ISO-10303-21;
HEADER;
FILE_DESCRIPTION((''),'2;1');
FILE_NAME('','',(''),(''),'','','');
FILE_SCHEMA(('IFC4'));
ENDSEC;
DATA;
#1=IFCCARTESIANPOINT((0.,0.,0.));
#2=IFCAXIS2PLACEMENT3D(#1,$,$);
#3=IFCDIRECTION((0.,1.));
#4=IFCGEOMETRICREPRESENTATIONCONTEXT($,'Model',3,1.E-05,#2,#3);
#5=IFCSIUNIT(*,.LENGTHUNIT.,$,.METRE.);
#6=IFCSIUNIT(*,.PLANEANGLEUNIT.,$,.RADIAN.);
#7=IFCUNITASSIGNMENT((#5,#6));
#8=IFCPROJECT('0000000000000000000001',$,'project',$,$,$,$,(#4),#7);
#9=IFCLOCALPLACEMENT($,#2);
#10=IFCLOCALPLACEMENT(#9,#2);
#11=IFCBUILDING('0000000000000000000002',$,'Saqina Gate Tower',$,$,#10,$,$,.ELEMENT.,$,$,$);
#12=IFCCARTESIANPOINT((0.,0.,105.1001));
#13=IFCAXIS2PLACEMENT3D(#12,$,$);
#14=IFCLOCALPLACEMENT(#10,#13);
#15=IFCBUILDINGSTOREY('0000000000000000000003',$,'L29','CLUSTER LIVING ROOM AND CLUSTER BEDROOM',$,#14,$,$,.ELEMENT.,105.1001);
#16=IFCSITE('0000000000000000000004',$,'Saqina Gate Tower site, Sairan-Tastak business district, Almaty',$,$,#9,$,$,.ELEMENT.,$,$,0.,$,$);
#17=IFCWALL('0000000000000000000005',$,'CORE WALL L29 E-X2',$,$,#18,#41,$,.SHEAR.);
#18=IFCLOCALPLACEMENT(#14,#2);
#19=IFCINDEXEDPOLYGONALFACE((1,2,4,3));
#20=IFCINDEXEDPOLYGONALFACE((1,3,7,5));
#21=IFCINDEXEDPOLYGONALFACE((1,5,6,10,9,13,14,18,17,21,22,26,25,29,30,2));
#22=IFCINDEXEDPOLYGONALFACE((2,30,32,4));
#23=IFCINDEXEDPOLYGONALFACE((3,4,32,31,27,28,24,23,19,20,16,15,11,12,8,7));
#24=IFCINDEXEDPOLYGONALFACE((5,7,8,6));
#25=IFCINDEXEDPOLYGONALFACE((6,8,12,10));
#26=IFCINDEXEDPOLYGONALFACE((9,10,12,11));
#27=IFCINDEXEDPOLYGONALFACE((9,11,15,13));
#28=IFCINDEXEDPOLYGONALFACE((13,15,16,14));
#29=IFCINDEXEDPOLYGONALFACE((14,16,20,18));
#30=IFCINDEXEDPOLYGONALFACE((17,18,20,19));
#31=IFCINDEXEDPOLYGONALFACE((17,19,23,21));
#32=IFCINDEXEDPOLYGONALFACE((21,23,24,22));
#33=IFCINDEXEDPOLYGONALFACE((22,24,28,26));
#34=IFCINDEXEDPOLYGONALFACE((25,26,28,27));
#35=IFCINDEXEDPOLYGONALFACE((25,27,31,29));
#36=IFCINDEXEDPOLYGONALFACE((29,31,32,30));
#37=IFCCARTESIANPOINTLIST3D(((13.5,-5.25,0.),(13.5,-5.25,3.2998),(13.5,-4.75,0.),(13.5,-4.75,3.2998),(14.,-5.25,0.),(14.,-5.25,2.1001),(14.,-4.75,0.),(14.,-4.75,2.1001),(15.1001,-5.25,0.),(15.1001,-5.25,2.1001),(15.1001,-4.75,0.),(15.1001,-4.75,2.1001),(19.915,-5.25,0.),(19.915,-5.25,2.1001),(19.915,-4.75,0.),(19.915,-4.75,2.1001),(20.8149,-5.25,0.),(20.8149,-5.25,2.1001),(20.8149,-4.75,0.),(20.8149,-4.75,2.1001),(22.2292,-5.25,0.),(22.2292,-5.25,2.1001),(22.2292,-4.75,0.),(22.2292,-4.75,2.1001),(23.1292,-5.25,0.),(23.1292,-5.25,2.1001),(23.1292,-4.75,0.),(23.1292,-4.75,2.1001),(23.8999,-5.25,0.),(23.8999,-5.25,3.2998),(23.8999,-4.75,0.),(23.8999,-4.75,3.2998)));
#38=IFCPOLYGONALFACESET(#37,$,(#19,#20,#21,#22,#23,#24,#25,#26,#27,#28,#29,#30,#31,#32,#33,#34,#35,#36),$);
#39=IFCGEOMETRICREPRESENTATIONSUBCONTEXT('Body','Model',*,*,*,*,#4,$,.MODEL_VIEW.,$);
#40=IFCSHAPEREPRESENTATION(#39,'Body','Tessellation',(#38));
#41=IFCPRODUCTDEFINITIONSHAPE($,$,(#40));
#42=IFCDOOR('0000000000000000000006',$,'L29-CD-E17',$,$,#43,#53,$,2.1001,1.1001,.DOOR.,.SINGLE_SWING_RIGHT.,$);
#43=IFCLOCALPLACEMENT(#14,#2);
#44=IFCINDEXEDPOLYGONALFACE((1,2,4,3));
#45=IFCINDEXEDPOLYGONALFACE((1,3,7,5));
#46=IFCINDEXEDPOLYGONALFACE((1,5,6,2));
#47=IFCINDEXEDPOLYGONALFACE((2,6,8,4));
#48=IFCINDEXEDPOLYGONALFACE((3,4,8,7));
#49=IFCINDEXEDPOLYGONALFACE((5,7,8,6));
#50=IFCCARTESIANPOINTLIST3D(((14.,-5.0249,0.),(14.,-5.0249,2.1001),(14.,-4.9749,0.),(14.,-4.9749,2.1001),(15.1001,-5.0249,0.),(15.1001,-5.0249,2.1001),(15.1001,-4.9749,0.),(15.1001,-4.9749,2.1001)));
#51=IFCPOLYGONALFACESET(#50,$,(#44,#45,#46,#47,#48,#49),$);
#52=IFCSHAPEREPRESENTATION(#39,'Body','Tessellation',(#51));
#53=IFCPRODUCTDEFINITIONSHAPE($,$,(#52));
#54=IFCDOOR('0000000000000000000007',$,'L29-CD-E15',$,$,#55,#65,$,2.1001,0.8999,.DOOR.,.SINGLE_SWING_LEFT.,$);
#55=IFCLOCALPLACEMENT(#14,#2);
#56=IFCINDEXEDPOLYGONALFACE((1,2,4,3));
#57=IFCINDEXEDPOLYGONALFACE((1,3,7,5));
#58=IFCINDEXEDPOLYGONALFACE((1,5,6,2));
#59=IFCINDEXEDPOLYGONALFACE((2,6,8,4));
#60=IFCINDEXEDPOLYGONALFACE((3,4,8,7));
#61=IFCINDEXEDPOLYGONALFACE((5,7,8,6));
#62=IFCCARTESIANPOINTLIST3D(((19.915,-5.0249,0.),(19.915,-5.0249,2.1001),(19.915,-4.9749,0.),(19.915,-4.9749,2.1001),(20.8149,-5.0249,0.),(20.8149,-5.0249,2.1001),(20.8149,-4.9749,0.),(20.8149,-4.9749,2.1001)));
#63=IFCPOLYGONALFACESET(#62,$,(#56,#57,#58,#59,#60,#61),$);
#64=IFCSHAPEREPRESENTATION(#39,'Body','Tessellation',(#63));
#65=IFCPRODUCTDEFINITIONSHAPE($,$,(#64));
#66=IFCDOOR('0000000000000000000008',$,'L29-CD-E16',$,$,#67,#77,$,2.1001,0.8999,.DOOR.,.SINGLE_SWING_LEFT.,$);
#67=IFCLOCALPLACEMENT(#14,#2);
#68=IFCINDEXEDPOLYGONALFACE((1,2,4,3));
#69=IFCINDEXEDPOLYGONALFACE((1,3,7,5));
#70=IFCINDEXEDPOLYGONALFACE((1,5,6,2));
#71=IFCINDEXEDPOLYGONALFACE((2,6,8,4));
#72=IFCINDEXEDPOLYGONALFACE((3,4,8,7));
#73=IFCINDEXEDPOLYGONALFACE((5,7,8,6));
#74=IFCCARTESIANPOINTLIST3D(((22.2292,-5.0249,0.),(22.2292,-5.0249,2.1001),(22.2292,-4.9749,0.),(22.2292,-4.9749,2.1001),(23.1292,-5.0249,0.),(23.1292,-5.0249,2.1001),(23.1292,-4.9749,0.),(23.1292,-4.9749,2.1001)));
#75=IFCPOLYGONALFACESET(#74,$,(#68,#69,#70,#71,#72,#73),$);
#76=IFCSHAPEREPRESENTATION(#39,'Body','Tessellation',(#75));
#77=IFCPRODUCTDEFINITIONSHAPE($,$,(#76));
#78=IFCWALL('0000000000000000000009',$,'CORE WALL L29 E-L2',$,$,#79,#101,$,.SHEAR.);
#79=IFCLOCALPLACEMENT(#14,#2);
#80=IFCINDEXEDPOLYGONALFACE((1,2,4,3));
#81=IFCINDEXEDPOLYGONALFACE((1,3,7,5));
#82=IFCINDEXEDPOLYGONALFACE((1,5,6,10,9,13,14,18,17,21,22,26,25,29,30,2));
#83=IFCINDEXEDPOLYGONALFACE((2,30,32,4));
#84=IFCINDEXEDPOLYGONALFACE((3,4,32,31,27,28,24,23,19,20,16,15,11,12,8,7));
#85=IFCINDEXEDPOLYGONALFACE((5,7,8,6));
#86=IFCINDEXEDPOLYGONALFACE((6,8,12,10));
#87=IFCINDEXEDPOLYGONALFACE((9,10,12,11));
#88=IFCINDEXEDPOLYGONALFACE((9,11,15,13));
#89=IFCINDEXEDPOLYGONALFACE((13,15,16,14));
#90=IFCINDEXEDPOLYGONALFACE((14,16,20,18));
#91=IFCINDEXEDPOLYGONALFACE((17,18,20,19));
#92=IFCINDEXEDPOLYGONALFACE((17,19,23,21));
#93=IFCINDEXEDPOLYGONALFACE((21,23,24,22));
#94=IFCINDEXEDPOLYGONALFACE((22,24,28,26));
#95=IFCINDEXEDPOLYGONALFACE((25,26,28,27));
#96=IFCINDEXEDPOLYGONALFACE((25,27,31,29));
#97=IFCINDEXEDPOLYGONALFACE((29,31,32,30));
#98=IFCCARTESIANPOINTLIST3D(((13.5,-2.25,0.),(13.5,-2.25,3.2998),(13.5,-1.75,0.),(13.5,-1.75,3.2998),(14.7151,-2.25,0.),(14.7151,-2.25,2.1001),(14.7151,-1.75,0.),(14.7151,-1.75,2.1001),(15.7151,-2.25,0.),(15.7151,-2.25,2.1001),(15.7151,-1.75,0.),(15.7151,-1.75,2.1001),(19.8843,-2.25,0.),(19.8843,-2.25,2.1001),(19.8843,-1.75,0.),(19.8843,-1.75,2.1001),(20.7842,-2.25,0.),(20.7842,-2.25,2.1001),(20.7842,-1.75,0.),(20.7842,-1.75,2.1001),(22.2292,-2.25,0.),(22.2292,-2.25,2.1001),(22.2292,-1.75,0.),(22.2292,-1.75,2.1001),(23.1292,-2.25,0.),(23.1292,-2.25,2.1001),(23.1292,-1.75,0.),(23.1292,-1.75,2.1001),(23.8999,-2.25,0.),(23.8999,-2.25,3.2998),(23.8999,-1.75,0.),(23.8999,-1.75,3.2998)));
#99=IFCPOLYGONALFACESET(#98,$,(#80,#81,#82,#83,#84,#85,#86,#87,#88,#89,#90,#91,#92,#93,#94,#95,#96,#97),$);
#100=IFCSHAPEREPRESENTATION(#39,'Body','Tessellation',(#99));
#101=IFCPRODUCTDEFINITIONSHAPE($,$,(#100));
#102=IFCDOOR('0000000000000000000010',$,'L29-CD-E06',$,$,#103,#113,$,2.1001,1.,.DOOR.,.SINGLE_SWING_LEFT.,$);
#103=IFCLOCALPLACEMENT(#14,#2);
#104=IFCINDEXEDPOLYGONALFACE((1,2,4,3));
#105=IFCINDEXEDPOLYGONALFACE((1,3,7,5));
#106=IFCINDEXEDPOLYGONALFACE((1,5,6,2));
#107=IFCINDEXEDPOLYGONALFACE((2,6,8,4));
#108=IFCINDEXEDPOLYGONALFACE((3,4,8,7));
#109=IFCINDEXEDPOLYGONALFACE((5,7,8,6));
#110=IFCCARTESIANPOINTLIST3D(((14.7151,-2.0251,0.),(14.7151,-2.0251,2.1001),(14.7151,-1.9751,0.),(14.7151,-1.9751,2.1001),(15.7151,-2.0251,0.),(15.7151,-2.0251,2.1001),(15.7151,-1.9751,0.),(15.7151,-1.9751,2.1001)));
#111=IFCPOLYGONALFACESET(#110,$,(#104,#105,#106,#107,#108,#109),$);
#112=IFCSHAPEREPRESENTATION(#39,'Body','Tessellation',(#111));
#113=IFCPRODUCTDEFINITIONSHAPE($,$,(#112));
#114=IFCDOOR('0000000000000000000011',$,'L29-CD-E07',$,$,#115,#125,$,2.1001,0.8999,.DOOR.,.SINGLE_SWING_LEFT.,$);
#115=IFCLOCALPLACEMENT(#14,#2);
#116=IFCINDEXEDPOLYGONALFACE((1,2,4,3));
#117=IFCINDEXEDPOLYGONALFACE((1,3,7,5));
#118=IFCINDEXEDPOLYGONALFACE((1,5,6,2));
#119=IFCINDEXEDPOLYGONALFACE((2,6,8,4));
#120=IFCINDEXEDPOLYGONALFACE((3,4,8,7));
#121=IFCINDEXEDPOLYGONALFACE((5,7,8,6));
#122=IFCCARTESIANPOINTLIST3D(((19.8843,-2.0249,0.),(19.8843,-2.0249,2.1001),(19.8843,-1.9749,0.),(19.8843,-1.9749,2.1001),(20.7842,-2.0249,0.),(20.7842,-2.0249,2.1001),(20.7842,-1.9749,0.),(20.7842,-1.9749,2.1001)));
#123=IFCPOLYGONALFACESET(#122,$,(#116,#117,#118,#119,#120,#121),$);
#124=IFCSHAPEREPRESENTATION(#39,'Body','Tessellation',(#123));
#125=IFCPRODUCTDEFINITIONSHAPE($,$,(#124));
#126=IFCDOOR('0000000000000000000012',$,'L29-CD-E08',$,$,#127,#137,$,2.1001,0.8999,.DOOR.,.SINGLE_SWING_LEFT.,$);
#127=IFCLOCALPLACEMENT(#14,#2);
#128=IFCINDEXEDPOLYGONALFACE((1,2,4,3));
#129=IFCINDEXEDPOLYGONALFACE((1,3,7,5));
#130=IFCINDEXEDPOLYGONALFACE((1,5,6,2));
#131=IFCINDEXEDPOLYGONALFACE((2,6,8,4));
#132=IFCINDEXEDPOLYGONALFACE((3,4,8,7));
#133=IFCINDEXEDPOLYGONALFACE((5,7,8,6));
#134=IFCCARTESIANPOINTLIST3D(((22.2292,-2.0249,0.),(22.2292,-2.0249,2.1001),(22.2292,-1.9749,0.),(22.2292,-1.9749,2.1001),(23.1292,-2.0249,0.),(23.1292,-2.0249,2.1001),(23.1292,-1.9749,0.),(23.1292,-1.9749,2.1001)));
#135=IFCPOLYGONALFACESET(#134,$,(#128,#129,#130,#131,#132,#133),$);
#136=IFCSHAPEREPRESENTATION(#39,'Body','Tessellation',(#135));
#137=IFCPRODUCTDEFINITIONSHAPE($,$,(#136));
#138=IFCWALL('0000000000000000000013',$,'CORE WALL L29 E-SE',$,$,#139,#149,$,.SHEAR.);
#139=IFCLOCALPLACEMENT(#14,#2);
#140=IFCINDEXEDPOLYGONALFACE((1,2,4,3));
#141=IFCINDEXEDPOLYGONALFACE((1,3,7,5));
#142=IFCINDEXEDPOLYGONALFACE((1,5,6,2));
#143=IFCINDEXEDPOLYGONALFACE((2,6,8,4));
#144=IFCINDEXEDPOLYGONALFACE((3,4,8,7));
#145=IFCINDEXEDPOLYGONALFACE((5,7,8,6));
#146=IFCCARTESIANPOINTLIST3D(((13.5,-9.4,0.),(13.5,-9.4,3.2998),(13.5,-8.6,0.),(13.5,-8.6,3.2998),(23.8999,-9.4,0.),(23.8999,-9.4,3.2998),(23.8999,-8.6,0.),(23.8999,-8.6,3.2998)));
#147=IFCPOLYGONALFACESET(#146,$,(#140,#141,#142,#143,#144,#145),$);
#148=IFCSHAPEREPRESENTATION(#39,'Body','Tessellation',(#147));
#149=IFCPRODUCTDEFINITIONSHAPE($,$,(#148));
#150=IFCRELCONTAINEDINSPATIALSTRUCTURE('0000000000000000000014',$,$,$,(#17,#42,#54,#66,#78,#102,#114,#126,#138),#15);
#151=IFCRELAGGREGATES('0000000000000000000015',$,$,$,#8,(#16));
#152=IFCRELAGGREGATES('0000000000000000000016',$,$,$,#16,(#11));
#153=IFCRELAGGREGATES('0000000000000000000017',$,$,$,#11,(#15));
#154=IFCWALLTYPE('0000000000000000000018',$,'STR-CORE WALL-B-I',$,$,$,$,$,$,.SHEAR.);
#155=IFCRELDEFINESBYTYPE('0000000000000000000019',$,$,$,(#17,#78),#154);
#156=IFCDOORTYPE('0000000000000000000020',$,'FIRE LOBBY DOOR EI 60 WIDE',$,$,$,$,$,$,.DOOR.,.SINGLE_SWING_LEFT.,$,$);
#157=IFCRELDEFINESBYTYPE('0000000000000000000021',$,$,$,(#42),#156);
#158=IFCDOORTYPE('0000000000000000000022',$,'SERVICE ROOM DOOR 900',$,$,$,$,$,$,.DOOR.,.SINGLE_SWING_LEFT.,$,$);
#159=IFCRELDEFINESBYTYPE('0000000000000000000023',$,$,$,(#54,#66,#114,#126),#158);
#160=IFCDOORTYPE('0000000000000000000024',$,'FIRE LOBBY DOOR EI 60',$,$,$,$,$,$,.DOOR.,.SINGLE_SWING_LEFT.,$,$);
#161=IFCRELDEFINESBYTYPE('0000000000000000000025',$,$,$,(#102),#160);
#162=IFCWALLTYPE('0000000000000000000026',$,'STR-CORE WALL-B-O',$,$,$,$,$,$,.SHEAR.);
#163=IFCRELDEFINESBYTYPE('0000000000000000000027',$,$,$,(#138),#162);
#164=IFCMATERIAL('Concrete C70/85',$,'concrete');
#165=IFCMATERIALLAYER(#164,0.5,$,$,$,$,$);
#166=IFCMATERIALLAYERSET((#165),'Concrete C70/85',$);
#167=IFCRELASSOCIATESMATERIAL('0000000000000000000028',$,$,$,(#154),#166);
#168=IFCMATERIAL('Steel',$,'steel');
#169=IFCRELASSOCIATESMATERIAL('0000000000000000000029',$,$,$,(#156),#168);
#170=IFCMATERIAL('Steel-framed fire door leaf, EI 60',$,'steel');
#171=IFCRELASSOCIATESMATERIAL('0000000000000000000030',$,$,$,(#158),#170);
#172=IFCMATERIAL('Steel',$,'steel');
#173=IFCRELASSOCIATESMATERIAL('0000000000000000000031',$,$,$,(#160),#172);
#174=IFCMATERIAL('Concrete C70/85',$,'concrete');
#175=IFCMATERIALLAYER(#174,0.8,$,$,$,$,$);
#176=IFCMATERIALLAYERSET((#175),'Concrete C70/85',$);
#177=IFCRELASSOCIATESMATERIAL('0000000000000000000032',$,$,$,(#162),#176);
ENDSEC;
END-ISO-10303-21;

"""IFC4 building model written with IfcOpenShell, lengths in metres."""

from ifc_helpers import new_model, si_unit, direction, frame, frame_2d, origin, place, context, subcontext, project, spatial, rectangle, extrude, material, layer, layer_set, type_object, element, fill, save


model = new_model("IFC4")

# Units and contexts
model_context = context("Model", 3, precision=1e-05, world=origin(), true_north=direction((0.0, 1.0)))
body_context = subcontext(model_context, "Body", "Model", "MODEL_VIEW")
ifc_project = project(units=[si_unit("LENGTHUNIT", "METRE"), si_unit("PLANEANGLEUNIT", "RADIAN")], contexts=[model_context])

# Site, building, storey
site_placement = place(None, origin())
site = spatial("IfcSite", under=ifc_project, at=site_placement, Name="Saqina Gate Tower site, Sairan-Tastak business district, Almaty", CompositionType="ELEMENT", RefElevation=0.0)
building_placement = place(site_placement, origin())
building = spatial("IfcBuilding", under=site, at=building_placement, Name="Saqina Gate Tower", CompositionType="ELEMENT")
storey_placement = place(building_placement, frame((0.0, 0.0, 105.1001)))
storey = spatial("IfcBuildingStorey", under=building, at=storey_placement, Name="L29", Description="CLUSTER LIVING ROOM AND CLUSTER BEDROOM", CompositionType="ELEMENT", Elevation=105.1001)

# Walls, openings, doors
ifc_material_1 = material(Name="Concrete C70/85", Category="concrete")
ifc_layer_1 = layer(ifc_material_1, 0.5)
ifc_layer_set_1 = layer_set([ifc_layer_1], Name="Concrete C70/85")
wall_type_1 = type_object("IfcWallType", Name="STR-CORE WALL-B-I", PredefinedType="SHEAR", material=ifc_layer_set_1)
wall_1_placement = place(storey_placement, frame((13.5, -5.0, 0.0), z_axis=(0.0, 0.0, 1.0), x_axis=(1.0, 0.0, 0.0)))
wall_1 = element("IfcWall", 1, at=wall_1_placement, inside=storey, type_object=wall_type_1, Name="CORE WALL L29 E-X2", PredefinedType="SHEAR", context=body_context, shape_type="SweptSolid", body=[
    extrude(rectangle(XDim=10.3999, YDim=0.5, at=frame_2d((5.2, 0.0))), origin(), (0.0, 0.0, 1.0), 3.2998),
])
opening_1_placement = place(wall_1_placement, frame((6.415, 0.0, 0.0)))
opening_1 = element("IfcOpeningElement", 2, at=opening_1_placement, cuts=wall_1, PredefinedType="OPENING", context=body_context, shape_type="SweptSolid", body=[
    extrude(rectangle(XDim=0.8999, YDim=2.1001, at=frame_2d((0.45, 1.05))), frame((0.0, 0.262, 0.0), z_axis=(0.0, -1.0, 0.0), x_axis=(1.0, 0.0, 0.0)), (0.0, 0.0, 1.0), 0.5239),
])
opening_2_placement = place(wall_1_placement, frame((8.7292, 0.0, 0.0)))
opening_2 = element("IfcOpeningElement", 3, at=opening_2_placement, cuts=wall_1, PredefinedType="OPENING", context=body_context, shape_type="SweptSolid", body=[
    extrude(rectangle(XDim=0.8999, YDim=2.1001, at=frame_2d((0.45, 1.05))), frame((0.0, 0.262, 0.0), z_axis=(0.0, -1.0, 0.0), x_axis=(1.0, 0.0, 0.0)), (0.0, 0.0, 1.0), 0.5239),
])
opening_3_placement = place(wall_1_placement, frame((0.5, 0.0, 0.0)))
opening_3 = element("IfcOpeningElement", 4, at=opening_3_placement, cuts=wall_1, PredefinedType="OPENING", context=body_context, shape_type="SweptSolid", body=[
    extrude(rectangle(XDim=1.1001, YDim=2.1001, at=frame_2d((0.55, 1.05))), frame((0.0, 0.262, 0.0), z_axis=(0.0, -1.0, 0.0), x_axis=(1.0, 0.0, 0.0)), (0.0, 0.0, 1.0), 0.5239),
])
ifc_material_2 = material(Name="Steel", Category="steel")
door_type_1 = type_object("IfcDoorType", Name="FIRE LOBBY DOOR EI 60 WIDE", OperationType="SINGLE_SWING_LEFT", PredefinedType="DOOR", material=ifc_material_2)
door_1_placement = place(opening_3_placement, frame((1.1001, 0.0, 0.0), z_axis=(0.0, 0.0, 1.0), x_axis=(-1.0, 0.0, 0.0)))
door_1 = element("IfcDoor", 5, at=door_1_placement, inside=storey, type_object=door_type_1, Name="L29-CD-E17", OperationType="SINGLE_SWING_RIGHT", OverallHeight=2.1001, OverallWidth=1.1001, PredefinedType="DOOR", context=body_context, shape_type="SweptSolid", body=[
    extrude(rectangle(XDim=1.1001, YDim=2.1001, at=frame_2d((0.55, 1.05))), frame((0.0, 0.0249, 0.0), z_axis=(0.0, -1.0, 0.0), x_axis=(1.0, 0.0, 0.0)), (0.0, 0.0, 1.0), 0.05),
])
fill(opening_3, door_1)
ifc_material_3 = material(Name="Steel-framed fire door leaf, EI 60", Category="steel")
door_type_2 = type_object("IfcDoorType", Name="SERVICE ROOM DOOR 900", OperationType="SINGLE_SWING_LEFT", PredefinedType="DOOR", material=ifc_material_3)
door_2_placement = place(opening_1_placement, frame((0.8999, 0.0, 0.0), z_axis=(0.0, 0.0, 1.0), x_axis=(-1.0, 0.0, 0.0)))
door_2 = element("IfcDoor", 6, at=door_2_placement, inside=storey, type_object=door_type_2, Name="L29-CD-E15", OperationType="SINGLE_SWING_LEFT", OverallHeight=2.1001, OverallWidth=0.8999, PredefinedType="DOOR", context=body_context, shape_type="SweptSolid", body=[
    extrude(rectangle(XDim=0.8999, YDim=2.1001, at=frame_2d((0.45, 1.05))), frame((0.0, 0.0249, 0.0), z_axis=(0.0, -1.0, 0.0), x_axis=(1.0, 0.0, 0.0)), (0.0, 0.0, 1.0), 0.05),
])
fill(opening_1, door_2)
door_3_placement = place(opening_2_placement, frame((0.8999, 0.0, 0.0), z_axis=(0.0, 0.0, 1.0), x_axis=(-1.0, 0.0, 0.0)))
door_3 = element("IfcDoor", 7, at=door_3_placement, inside=storey, type_object=door_type_2, Name="L29-CD-E16", OperationType="SINGLE_SWING_LEFT", OverallHeight=2.1001, OverallWidth=0.8999, PredefinedType="DOOR", context=body_context, shape_type="SweptSolid", body=[
    extrude(rectangle(XDim=0.8999, YDim=2.1001, at=frame_2d((0.45, 1.05))), frame((0.0, 0.0249, 0.0), z_axis=(0.0, -1.0, 0.0), x_axis=(1.0, 0.0, 0.0)), (0.0, 0.0, 1.0), 0.05),
])
fill(opening_2, door_3)
wall_2_placement = place(storey_placement, frame((13.5, -2.0, 0.0), z_axis=(0.0, 0.0, 1.0), x_axis=(1.0, 0.0, 0.0)))
wall_2 = element("IfcWall", 8, at=wall_2_placement, inside=storey, type_object=wall_type_1, Name="CORE WALL L29 E-L2", PredefinedType="SHEAR", context=body_context, shape_type="SweptSolid", body=[
    extrude(rectangle(XDim=10.3999, YDim=0.5, at=frame_2d((5.2, 0.0))), origin(), (0.0, 0.0, 1.0), 3.2998),
])
opening_4_placement = place(wall_2_placement, frame((1.2151, 0.0, 0.0)))
opening_4 = element("IfcOpeningElement", 9, at=opening_4_placement, cuts=wall_2, PredefinedType="OPENING", context=body_context, shape_type="SweptSolid", body=[
    extrude(rectangle(XDim=1.0, YDim=2.1001, at=frame_2d((0.5, 1.05))), frame((0.0, 0.262, 0.0), z_axis=(0.0, -1.0, 0.0), x_axis=(1.0, 0.0, 0.0)), (0.0, 0.0, 1.0), 0.5239),
])
opening_5_placement = place(wall_2_placement, frame((6.3843, 0.0, 0.0)))
opening_5 = element("IfcOpeningElement", 10, at=opening_5_placement, cuts=wall_2, PredefinedType="OPENING", context=body_context, shape_type="SweptSolid", body=[
    extrude(rectangle(XDim=0.8999, YDim=2.1001, at=frame_2d((0.45, 1.05))), frame((0.0, 0.262, 0.0), z_axis=(0.0, -1.0, 0.0), x_axis=(1.0, 0.0, 0.0)), (0.0, 0.0, 1.0), 0.5239),
])
opening_6_placement = place(wall_2_placement, frame((8.7292, 0.0, 0.0)))
opening_6 = element("IfcOpeningElement", 11, at=opening_6_placement, cuts=wall_2, PredefinedType="OPENING", context=body_context, shape_type="SweptSolid", body=[
    extrude(rectangle(XDim=0.8999, YDim=2.1001, at=frame_2d((0.45, 1.05))), frame((0.0, 0.262, 0.0), z_axis=(0.0, -1.0, 0.0), x_axis=(1.0, 0.0, 0.0)), (0.0, 0.0, 1.0), 0.5239),
])
ifc_material_4 = material(Name="Steel", Category="steel")
door_type_3 = type_object("IfcDoorType", Name="FIRE LOBBY DOOR EI 60", OperationType="SINGLE_SWING_LEFT", PredefinedType="DOOR", material=ifc_material_4)
door_4_placement = place(opening_4_placement, origin())
door_4 = element("IfcDoor", 12, at=door_4_placement, inside=storey, type_object=door_type_3, Name="L29-CD-E06", OperationType="SINGLE_SWING_LEFT", OverallHeight=2.1001, OverallWidth=1.0, PredefinedType="DOOR", context=body_context, shape_type="SweptSolid", body=[
    extrude(rectangle(XDim=1.0, YDim=2.1001, at=frame_2d((0.5, 1.05))), frame((0.0, 0.0249, 0.0), z_axis=(0.0, -1.0, 0.0), x_axis=(1.0, 0.0, 0.0)), (0.0, 0.0, 1.0), 0.05),
])
fill(opening_4, door_4)
door_5_placement = place(opening_5_placement, frame((0.8999, 0.0, 0.0), z_axis=(0.0, 0.0, 1.0), x_axis=(-1.0, 0.0, 0.0)))
door_5 = element("IfcDoor", 13, at=door_5_placement, inside=storey, type_object=door_type_2, Name="L29-CD-E07", OperationType="SINGLE_SWING_LEFT", OverallHeight=2.1001, OverallWidth=0.8999, PredefinedType="DOOR", context=body_context, shape_type="SweptSolid", body=[
    extrude(rectangle(XDim=0.8999, YDim=2.1001, at=frame_2d((0.45, 1.05))), frame((0.0, 0.0249, 0.0), z_axis=(0.0, -1.0, 0.0), x_axis=(1.0, 0.0, 0.0)), (0.0, 0.0, 1.0), 0.05),
])
fill(opening_5, door_5)
door_6_placement = place(opening_6_placement, frame((0.8999, 0.0, 0.0), z_axis=(0.0, 0.0, 1.0), x_axis=(-1.0, 0.0, 0.0)))
door_6 = element("IfcDoor", 14, at=door_6_placement, inside=storey, type_object=door_type_2, Name="L29-CD-E08", OperationType="SINGLE_SWING_LEFT", OverallHeight=2.1001, OverallWidth=0.8999, PredefinedType="DOOR", context=body_context, shape_type="SweptSolid", body=[
    extrude(rectangle(XDim=0.8999, YDim=2.1001, at=frame_2d((0.45, 1.05))), frame((0.0, 0.0249, 0.0), z_axis=(0.0, -1.0, 0.0), x_axis=(1.0, 0.0, 0.0)), (0.0, 0.0, 1.0), 0.05),
])
fill(opening_6, door_6)
ifc_material_5 = material(Name="Concrete C70/85", Category="concrete")
ifc_layer_2 = layer(ifc_material_5, 0.8)
ifc_layer_set_2 = layer_set([ifc_layer_2], Name="Concrete C70/85")
wall_type_2 = type_object("IfcWallType", Name="STR-CORE WALL-B-O", PredefinedType="SHEAR", material=ifc_layer_set_2)

# Wall
wall_3_placement = place(storey_placement, frame((13.5, -9.0, 0.0), z_axis=(0.0, 0.0, 1.0), x_axis=(1.0, 0.0, 0.0)))
element("IfcWall", 15, at=wall_3_placement, inside=storey, type_object=wall_type_2, Name="CORE WALL L29 E-SE", PredefinedType="SHEAR", context=body_context, shape_type="SweptSolid", body=[
    extrude(rectangle(XDim=10.3999, YDim=0.8, at=frame_2d((5.2, 0.0))), origin(), (0.0, 0.0, 1.0), 3.2998),
])

save(model, "model.ifc")
